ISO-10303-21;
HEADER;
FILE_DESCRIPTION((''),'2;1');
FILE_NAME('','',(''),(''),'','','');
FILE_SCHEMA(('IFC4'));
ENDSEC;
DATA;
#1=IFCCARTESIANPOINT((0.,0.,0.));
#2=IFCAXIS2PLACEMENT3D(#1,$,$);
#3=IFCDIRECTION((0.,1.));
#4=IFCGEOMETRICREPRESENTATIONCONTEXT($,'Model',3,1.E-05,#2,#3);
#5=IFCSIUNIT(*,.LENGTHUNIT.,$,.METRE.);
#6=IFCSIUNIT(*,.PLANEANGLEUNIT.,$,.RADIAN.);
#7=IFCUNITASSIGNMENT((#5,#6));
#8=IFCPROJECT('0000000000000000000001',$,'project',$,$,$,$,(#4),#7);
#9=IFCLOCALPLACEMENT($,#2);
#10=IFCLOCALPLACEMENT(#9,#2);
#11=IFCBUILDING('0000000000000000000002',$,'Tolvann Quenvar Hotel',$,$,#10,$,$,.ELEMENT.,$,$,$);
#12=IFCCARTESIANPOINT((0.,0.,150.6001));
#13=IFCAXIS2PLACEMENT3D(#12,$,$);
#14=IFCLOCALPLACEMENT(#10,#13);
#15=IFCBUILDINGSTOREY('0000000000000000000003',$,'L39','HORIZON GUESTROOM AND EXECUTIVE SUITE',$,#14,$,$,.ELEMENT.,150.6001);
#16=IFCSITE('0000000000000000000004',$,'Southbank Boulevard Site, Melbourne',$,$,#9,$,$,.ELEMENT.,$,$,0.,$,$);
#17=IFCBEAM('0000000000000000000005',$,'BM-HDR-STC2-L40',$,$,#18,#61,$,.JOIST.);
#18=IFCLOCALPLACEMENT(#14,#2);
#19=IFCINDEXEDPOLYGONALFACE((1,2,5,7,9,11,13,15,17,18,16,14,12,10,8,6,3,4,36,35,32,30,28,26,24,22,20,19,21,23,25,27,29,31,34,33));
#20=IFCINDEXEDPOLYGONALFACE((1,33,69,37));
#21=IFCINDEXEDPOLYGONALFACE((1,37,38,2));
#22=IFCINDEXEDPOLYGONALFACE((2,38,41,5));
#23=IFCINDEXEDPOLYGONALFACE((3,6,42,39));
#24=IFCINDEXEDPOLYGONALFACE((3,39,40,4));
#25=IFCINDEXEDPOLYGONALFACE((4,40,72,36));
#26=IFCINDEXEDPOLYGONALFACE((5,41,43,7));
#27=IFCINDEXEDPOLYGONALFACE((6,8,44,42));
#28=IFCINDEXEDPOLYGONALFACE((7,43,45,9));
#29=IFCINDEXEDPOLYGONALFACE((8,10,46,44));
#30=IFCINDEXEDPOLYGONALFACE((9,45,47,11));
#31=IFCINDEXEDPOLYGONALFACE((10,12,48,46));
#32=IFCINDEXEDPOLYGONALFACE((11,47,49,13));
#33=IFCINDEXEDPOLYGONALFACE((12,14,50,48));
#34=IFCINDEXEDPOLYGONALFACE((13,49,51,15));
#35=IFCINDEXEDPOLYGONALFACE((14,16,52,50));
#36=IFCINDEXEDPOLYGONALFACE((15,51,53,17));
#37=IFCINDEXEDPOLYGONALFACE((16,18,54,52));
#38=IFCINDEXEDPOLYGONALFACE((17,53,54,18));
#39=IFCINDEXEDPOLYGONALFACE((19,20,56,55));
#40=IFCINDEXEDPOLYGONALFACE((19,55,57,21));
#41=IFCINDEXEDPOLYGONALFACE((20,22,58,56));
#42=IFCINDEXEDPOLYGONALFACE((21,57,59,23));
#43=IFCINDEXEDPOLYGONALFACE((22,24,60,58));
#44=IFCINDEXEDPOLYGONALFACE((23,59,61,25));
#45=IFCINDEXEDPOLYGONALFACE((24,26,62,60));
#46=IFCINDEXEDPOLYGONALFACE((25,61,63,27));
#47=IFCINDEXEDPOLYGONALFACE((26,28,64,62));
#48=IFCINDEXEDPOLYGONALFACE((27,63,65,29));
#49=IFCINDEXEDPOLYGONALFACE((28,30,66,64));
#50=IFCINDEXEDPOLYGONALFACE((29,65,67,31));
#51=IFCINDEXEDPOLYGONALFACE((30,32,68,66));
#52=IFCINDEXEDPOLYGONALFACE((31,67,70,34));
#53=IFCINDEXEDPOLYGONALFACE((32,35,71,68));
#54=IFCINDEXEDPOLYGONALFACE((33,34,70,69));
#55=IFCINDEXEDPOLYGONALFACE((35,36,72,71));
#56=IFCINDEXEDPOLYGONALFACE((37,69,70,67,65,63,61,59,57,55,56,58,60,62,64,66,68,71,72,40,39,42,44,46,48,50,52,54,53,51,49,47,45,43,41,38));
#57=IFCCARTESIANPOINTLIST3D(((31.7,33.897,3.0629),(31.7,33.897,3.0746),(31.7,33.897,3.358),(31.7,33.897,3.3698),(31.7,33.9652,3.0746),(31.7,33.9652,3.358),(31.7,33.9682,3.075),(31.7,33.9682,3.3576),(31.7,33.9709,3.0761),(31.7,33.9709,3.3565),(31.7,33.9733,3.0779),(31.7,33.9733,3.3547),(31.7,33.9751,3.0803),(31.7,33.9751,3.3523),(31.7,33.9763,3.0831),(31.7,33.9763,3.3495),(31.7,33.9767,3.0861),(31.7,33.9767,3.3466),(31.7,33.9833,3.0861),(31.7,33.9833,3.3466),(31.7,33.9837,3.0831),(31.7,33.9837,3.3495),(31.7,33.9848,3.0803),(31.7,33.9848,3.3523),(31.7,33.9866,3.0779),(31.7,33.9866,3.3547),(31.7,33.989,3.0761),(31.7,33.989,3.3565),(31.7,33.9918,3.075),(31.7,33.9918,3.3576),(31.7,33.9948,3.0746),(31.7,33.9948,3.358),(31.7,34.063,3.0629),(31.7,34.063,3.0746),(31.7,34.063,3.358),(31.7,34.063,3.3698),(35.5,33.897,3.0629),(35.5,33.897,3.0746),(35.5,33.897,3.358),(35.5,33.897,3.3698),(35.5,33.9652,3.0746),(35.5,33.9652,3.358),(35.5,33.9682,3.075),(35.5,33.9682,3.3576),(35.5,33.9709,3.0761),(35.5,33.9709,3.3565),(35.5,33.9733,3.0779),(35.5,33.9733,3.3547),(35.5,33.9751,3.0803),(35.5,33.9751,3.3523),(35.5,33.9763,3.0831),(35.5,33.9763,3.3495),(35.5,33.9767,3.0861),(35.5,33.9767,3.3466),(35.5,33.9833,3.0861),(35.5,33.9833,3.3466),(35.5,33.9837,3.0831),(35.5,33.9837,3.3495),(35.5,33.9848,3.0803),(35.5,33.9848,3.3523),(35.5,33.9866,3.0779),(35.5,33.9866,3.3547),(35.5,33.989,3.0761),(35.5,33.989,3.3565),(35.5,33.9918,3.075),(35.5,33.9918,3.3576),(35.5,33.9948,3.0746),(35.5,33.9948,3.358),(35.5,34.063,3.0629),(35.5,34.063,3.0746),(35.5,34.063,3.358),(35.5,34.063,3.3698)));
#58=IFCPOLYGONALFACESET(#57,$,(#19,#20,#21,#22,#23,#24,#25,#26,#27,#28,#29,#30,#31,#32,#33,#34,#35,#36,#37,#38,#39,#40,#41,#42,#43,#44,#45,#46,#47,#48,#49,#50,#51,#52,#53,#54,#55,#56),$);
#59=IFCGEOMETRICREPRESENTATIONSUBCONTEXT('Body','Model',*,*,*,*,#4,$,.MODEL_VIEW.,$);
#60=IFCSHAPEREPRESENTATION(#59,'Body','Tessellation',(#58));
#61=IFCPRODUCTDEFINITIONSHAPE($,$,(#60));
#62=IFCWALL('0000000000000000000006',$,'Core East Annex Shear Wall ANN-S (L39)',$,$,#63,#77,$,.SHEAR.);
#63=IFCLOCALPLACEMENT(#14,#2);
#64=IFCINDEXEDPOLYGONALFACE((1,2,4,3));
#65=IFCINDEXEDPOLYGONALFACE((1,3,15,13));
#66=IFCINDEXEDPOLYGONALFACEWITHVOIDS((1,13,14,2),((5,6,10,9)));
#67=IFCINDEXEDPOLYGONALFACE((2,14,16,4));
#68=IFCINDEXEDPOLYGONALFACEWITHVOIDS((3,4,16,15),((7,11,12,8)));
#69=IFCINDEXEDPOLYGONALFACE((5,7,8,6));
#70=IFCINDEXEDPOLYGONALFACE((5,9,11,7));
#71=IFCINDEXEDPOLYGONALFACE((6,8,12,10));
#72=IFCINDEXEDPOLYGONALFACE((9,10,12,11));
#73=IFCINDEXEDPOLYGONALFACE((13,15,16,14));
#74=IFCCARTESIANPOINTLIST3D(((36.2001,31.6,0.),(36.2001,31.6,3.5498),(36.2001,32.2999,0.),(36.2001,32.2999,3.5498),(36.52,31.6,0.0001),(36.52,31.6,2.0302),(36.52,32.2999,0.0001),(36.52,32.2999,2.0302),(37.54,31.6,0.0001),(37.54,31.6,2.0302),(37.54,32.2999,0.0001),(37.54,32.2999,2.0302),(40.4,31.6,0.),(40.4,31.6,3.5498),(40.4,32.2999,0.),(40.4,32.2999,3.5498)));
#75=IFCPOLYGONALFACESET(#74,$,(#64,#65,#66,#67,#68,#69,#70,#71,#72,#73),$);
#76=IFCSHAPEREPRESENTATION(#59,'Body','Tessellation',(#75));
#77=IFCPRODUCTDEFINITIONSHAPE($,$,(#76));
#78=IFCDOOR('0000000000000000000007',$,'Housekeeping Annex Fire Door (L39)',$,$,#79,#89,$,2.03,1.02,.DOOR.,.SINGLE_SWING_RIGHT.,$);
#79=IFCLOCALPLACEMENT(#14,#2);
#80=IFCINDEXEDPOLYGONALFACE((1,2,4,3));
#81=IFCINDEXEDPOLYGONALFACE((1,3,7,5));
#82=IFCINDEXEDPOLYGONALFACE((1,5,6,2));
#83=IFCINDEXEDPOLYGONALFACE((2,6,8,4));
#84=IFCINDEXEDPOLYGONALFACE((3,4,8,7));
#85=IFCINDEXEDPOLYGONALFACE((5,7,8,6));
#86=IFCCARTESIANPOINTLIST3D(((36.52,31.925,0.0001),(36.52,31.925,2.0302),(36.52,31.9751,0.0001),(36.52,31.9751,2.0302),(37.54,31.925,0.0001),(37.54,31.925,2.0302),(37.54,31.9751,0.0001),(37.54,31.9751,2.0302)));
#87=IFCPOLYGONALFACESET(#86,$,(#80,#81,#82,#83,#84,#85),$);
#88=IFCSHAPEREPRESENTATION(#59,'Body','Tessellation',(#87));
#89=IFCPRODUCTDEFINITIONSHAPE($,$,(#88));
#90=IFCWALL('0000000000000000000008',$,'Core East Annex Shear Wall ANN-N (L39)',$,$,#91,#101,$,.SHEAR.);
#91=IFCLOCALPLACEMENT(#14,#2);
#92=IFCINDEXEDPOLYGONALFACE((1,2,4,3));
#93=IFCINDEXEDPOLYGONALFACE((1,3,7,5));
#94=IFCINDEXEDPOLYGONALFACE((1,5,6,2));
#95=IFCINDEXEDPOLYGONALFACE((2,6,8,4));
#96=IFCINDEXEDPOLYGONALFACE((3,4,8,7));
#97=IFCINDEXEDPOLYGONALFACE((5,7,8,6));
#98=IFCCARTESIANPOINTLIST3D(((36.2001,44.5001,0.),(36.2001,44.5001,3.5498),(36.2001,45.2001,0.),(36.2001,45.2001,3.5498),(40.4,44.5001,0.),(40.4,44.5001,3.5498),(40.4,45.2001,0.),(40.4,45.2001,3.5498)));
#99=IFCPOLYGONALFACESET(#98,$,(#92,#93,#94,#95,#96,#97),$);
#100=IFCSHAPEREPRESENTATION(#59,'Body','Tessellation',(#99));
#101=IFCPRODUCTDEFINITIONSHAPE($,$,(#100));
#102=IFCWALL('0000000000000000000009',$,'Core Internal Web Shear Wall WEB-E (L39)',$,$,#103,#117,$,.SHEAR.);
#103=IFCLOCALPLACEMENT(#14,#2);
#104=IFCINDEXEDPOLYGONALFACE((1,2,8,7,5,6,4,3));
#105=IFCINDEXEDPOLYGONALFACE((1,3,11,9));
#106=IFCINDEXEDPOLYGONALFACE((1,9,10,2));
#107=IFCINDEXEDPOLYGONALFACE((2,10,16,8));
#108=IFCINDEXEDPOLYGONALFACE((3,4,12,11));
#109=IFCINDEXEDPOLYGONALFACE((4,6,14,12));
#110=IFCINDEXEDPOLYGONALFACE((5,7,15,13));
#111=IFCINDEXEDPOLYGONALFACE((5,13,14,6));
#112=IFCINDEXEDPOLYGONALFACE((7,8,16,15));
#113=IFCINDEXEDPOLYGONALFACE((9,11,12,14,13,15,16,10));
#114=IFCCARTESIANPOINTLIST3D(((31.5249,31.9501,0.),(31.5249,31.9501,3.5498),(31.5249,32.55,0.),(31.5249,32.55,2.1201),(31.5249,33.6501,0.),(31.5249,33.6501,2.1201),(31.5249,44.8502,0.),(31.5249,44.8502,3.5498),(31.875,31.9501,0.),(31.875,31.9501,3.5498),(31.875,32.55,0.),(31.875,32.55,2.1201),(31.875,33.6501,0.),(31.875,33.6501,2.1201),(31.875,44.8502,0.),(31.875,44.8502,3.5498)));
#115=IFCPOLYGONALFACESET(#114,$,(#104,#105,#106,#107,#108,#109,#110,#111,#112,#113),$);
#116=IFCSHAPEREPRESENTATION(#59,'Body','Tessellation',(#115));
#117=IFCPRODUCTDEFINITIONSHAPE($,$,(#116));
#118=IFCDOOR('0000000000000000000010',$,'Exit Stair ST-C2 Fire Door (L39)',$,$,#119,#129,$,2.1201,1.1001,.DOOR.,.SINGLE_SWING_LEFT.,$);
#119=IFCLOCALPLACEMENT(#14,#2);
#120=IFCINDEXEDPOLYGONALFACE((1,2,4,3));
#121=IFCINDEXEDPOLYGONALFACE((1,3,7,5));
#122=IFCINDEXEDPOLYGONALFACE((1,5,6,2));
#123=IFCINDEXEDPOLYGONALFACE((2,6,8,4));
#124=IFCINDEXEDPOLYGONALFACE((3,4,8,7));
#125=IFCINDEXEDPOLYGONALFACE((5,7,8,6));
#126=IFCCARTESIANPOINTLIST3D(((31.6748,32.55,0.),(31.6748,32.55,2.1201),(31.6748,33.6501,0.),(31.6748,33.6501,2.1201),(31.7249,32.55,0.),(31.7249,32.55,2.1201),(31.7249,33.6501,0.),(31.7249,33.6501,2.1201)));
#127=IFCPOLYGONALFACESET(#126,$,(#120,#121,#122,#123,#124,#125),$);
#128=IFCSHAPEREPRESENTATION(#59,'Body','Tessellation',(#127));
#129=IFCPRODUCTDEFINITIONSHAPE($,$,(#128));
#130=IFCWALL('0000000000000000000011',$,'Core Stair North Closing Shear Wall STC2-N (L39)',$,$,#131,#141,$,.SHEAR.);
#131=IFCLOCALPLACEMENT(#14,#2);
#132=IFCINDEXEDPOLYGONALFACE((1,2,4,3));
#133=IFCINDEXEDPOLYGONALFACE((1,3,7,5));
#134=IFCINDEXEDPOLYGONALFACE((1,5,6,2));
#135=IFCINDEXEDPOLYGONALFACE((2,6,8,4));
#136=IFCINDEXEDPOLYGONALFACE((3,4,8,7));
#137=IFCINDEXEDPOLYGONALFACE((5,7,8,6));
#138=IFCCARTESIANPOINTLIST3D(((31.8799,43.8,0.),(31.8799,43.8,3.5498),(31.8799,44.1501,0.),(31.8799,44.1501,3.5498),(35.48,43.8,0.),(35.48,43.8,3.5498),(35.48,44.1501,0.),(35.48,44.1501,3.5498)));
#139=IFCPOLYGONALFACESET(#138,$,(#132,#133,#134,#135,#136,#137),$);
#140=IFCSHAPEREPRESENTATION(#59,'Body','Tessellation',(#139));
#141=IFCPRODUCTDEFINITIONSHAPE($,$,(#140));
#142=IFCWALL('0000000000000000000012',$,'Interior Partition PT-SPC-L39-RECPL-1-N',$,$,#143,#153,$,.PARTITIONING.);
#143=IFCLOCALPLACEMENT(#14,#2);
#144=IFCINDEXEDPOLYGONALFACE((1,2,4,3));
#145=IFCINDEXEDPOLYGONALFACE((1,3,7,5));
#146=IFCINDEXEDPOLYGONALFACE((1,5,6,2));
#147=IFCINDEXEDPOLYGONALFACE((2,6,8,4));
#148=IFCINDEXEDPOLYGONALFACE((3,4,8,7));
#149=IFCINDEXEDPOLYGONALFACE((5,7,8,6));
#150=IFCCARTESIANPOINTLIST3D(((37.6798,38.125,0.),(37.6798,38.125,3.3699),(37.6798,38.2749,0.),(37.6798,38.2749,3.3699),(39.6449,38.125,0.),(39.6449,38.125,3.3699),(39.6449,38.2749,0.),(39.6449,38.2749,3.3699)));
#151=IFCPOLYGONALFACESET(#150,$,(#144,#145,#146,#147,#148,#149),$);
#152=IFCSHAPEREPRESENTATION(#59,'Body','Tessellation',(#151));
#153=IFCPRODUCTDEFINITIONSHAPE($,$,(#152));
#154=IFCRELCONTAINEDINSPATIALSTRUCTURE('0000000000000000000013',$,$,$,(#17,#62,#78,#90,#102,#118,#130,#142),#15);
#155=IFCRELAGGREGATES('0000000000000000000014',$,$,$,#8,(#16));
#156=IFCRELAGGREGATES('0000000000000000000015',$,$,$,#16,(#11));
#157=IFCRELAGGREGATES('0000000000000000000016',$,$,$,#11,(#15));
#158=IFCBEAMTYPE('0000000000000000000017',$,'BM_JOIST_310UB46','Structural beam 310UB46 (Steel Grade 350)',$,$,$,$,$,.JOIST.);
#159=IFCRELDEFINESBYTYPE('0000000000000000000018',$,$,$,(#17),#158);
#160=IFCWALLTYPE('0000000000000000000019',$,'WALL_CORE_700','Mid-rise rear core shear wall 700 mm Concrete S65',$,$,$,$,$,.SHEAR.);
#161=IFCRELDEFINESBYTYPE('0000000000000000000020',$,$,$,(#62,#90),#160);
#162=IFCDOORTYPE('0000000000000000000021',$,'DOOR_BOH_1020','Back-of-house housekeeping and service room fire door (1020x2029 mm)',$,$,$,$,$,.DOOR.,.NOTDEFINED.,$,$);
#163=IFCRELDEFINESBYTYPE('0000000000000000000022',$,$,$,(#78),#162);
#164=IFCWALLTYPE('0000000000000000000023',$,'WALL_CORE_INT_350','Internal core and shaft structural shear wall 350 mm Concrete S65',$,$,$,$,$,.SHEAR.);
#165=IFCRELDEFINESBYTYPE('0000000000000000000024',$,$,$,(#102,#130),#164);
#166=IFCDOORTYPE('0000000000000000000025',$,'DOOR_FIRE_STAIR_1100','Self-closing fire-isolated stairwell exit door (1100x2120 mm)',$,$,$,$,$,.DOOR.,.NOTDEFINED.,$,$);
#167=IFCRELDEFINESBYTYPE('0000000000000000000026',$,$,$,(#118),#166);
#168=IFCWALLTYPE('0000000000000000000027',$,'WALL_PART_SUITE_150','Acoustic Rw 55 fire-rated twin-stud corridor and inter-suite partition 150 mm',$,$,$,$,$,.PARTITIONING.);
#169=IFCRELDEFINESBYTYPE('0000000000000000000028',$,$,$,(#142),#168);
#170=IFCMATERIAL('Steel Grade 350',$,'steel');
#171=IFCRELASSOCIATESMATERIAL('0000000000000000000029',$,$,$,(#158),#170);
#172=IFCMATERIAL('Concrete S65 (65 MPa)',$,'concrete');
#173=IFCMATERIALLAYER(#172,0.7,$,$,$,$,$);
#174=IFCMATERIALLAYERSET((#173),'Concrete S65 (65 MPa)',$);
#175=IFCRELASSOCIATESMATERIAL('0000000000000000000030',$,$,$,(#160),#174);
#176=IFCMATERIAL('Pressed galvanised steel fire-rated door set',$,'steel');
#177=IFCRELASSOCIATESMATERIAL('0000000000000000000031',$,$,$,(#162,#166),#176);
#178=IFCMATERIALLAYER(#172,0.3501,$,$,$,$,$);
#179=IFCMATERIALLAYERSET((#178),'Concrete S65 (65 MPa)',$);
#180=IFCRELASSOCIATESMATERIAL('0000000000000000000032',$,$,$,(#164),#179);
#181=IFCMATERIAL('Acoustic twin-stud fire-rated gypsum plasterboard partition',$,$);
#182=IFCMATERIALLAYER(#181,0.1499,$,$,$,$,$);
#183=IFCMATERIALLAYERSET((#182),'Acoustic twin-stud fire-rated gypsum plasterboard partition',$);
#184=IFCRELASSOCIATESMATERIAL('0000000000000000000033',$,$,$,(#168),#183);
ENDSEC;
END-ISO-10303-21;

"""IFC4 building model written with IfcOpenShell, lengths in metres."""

from ifc_helpers import new_model, si_unit, direction, frame, frame_2d, origin, origin_2d, place, context, subcontext, project, spatial, rectangle, i_section, extrude, source, transform, mapped, material, layer, layer_set, material_profile, profile_set, type_object, type_shapes, element, fill, save


model = new_model("IFC4")

# Units and contexts
model_context = context("Model", 3, precision=1e-05, world=origin(), true_north=direction((0.0, 1.0)))
body_context = subcontext(model_context, "Body", "Model", "MODEL_VIEW")
ifc_project = project(units=[si_unit("LENGTHUNIT", "METRE"), si_unit("PLANEANGLEUNIT", "RADIAN")], contexts=[model_context])

# Site, building, storey
site_placement = place(None, origin())
site = spatial("IfcSite", under=ifc_project, at=site_placement, Name="Southbank Boulevard Site, Melbourne", CompositionType="ELEMENT", RefElevation=0.0)
building_placement = place(site_placement, origin())
building = spatial("IfcBuilding", under=site, at=building_placement, Name="Tolvann Quenvar Hotel", CompositionType="ELEMENT")
storey_placement = place(building_placement, frame((0.0, 0.0, 150.6001)))
storey = spatial("IfcBuildingStorey", under=building, at=storey_placement, Name="L39", Description="HORIZON GUESTROOM AND EXECUTIVE SUITE", CompositionType="ELEMENT", Elevation=150.6001)

# Beam
ifc_material_1 = material(Name="Steel Grade 350", Category="steel")
ifc_material_profile = material_profile(ifc_material_1, i_section(OverallWidth=0.166, OverallDepth=0.3069, WebThickness=0.0066, FlangeThickness=0.0117, FilletRadius=0.0115, at=origin_2d()), Name="310UB46")
ifc_profile_set = profile_set([ifc_material_profile], Name="Steel Grade 350")
beam_type = type_object("IfcBeamType", Name="BM_JOIST_310UB46", Description="Structural beam 310UB46 (Steel Grade 350)", PredefinedType="JOIST", material=ifc_profile_set)
shared_shape_1 = source(origin(), body_context, "Body", "SweptSolid", [
    extrude(i_section(OverallWidth=0.166, OverallDepth=0.3069, WebThickness=0.0066, FlangeThickness=0.0117, FilletRadius=0.0115, at=origin_2d()), origin(), (0.0, 0.0, 1.0), 3.8),
])
type_shapes(beam_type, [shared_shape_1])
beam_placement = place(storey_placement, frame((31.7, 33.98, 3.2163), z_axis=(1.0, 0.0, 0.0), x_axis=(0.0, 1.0, 0.0)))
element("IfcBeam", 1, at=beam_placement, inside=storey, type_object=beam_type, Name="BM-HDR-STC2-L40", PredefinedType="JOIST", context=body_context, shape_type="MappedRepresentation", body=[
    mapped(shared_shape_1, transform((0.0, 0.0, 0.0), x_axis=(1.0, 0.0, 0.0), y_axis=(0.0, 1.0, 0.0), z_axis=(0.0, 0.0, 1.0), scale=1.0)),
])

# Wall, opening, door
ifc_material_2 = material(Name="Concrete S65 (65 MPa)", Category="concrete")
ifc_layer_1 = layer(ifc_material_2, 0.7)
ifc_layer_set_1 = layer_set([ifc_layer_1], Name="Concrete S65 (65 MPa)")
wall_type_1 = type_object("IfcWallType", Name="WALL_CORE_700", Description="Mid-rise rear core shear wall 700 mm Concrete S65", PredefinedType="SHEAR", material=ifc_layer_set_1)
wall_1_placement = place(storey_placement, frame((36.2, 31.95, 0.0), z_axis=(0.0, 0.0, 1.0), x_axis=(1.0, 0.0, 0.0)))
wall_1 = element("IfcWall", 2, at=wall_1_placement, inside=storey, type_object=wall_type_1, Name="Core East Annex Shear Wall ANN-S (L39)", PredefinedType="SHEAR", context=body_context, shape_type="SweptSolid", body=[
    extrude(rectangle(XDim=4.2, YDim=0.7, at=frame_2d((2.1001, 0.0))), origin(), (0.0, 0.0, 1.0), 3.5498),
])
opening_1_placement = place(wall_1_placement, frame((1.3401, 0.0, 0.0), z_axis=(0.0, 0.0, 1.0), x_axis=(-1.0, 0.0, 0.0)))
opening_1 = element("IfcOpeningElement", 3, at=opening_1_placement, cuts=wall_1, PredefinedType="OPENING", context=body_context, shape_type="SweptSolid", body=[
    extrude(rectangle(XDim=1.02, YDim=2.03, at=frame_2d((0.51, 1.0151))), frame((0.0, 0.3599, 0.0), z_axis=(0.0, -1.0, 0.0), x_axis=(1.0, 0.0, 0.0)), (0.0, 0.0, 1.0), 0.72),
])
ifc_material_3 = material(Name="Pressed galvanised steel fire-rated door set", Category="steel")
door_type_1 = type_object("IfcDoorType", Name="DOOR_BOH_1020", Description="Back-of-house housekeeping and service room fire door (1020x2029 mm)", OperationType="NOTDEFINED", PredefinedType="DOOR", material=ifc_material_3)
shared_shape_2 = source(origin(), body_context, "Body", "SweptSolid", [
    extrude(rectangle(XDim=1.02, YDim=2.03, at=frame_2d((0.51, 1.0151))), frame((0.0, 0.0249, 0.0), z_axis=(0.0, -1.0, 0.0), x_axis=(1.0, 0.0, 0.0)), (0.0, 0.0, 1.0), 0.05),
])
type_shapes(door_type_1, [shared_shape_2])
door_1_placement = place(opening_1_placement, origin())
door_1 = element("IfcDoor", 4, at=door_1_placement, inside=storey, type_object=door_type_1, Name="Housekeeping Annex Fire Door (L39)", OperationType="SINGLE_SWING_RIGHT", OverallHeight=2.03, OverallWidth=1.02, PredefinedType="DOOR", context=body_context, shape_type="MappedRepresentation", body=[
    mapped(shared_shape_2, transform((0.0, 0.0, 0.0), x_axis=(1.0, 0.0, 0.0), y_axis=(0.0, 1.0, 0.0), z_axis=(0.0, 0.0, 1.0), scale=1.0)),
])
fill(opening_1, door_1)

# Wall
wall_2_placement = place(storey_placement, frame((36.2, 44.8501, 0.0), z_axis=(0.0, 0.0, 1.0), x_axis=(1.0, 0.0, 0.0)))
element("IfcWall", 5, at=wall_2_placement, inside=storey, type_object=wall_type_1, Name="Core East Annex Shear Wall ANN-N (L39)", PredefinedType="SHEAR", context=body_context, shape_type="SweptSolid", body=[
    extrude(rectangle(XDim=4.2, YDim=0.7, at=frame_2d((2.1001, 0.0))), origin(), (0.0, 0.0, 1.0), 3.5498),
])

# Wall, opening, door
ifc_layer_2 = layer(ifc_material_2, 0.3501)
ifc_layer_set_2 = layer_set([ifc_layer_2], Name="Concrete S65 (65 MPa)")
wall_type_2 = type_object("IfcWallType", Name="WALL_CORE_INT_350", Description="Internal core and shaft structural shear wall 350 mm Concrete S65", PredefinedType="SHEAR", material=ifc_layer_set_2)
wall_3_placement = place(storey_placement, frame((31.7, 31.95, 0.0), z_axis=(0.0, 0.0, 1.0), x_axis=(0.0, 1.0, 0.0)))
wall_3 = element("IfcWall", 6, at=wall_3_placement, inside=storey, type_object=wall_type_2, Name="Core Internal Web Shear Wall WEB-E (L39)", PredefinedType="SHEAR", context=body_context, shape_type="SweptSolid", body=[
    extrude(rectangle(XDim=12.9001, YDim=0.3501, at=frame_2d((6.4502, 0.0))), origin(), (0.0, 0.0, 1.0), 3.5498),
])
opening_2_placement = place(wall_3_placement, frame((1.7002, 0.0, 0.0), z_axis=(0.0, 0.0, 1.0), x_axis=(-1.0, 0.0, 0.0)))
opening_2 = element("IfcOpeningElement", 7, at=opening_2_placement, cuts=wall_3, PredefinedType="OPENING", context=body_context, shape_type="SweptSolid", body=[
    extrude(rectangle(XDim=1.1001, YDim=2.1201, at=frame_2d((0.55, 1.0601))), frame((0.0, 0.1851, 0.0), z_axis=(0.0, -1.0, 0.0), x_axis=(1.0, 0.0, 0.0)), (0.0, 0.0, 1.0), 0.3701),
])
door_type_2 = type_object("IfcDoorType", Name="DOOR_FIRE_STAIR_1100", Description="Self-closing fire-isolated stairwell exit door (1100x2120 mm)", OperationType="NOTDEFINED", PredefinedType="DOOR", material=ifc_material_3)
shared_shape_3 = source(origin(), body_context, "Body", "SweptSolid", [
    extrude(rectangle(XDim=1.1001, YDim=2.1201, at=frame_2d((0.55, 1.0601))), frame((0.0, 0.0249, 0.0), z_axis=(0.0, -1.0, 0.0), x_axis=(1.0, 0.0, 0.0)), (0.0, 0.0, 1.0), 0.05),
])
type_shapes(door_type_2, [shared_shape_3])
door_2_placement = place(opening_2_placement, origin())
door_2 = element("IfcDoor", 8, at=door_2_placement, inside=storey, type_object=door_type_2, Name="Exit Stair ST-C2 Fire Door (L39)", OperationType="SINGLE_SWING_LEFT", OverallHeight=2.1201, OverallWidth=1.1001, PredefinedType="DOOR", context=body_context, shape_type="MappedRepresentation", body=[
    mapped(shared_shape_3, transform((0.0, 0.0, 0.0), x_axis=(1.0, 0.0, 0.0), y_axis=(0.0, 1.0, 0.0), z_axis=(0.0, 0.0, 1.0), scale=1.0)),
])
fill(opening_2, door_2)

# Walls
wall_4_placement = place(storey_placement, frame((31.8799, 43.9751, 0.0), z_axis=(0.0, 0.0, 1.0), x_axis=(1.0, 0.0, 0.0)))
element("IfcWall", 9, at=wall_4_placement, inside=storey, type_object=wall_type_2, Name="Core Stair North Closing Shear Wall STC2-N (L39)", PredefinedType="SHEAR", context=body_context, shape_type="SweptSolid", body=[
    extrude(rectangle(XDim=3.6001, YDim=0.3501, at=frame_2d((1.8, 0.0))), origin(), (0.0, 0.0, 1.0), 3.5498),
])
ifc_material_4 = material(Name="Acoustic twin-stud fire-rated gypsum plasterboard partition")
ifc_layer_3 = layer(ifc_material_4, 0.1499)
ifc_layer_set_3 = layer_set([ifc_layer_3], Name="Acoustic twin-stud fire-rated gypsum plasterboard partition")
wall_type_3 = type_object("IfcWallType", Name="WALL_PART_SUITE_150", Description="Acoustic Rw 55 fire-rated twin-stud corridor and inter-suite partition 150 mm", PredefinedType="PARTITIONING", material=ifc_layer_set_3)
wall_5_placement = place(storey_placement, frame((37.6799, 38.2, 0.0), z_axis=(0.0, 0.0, 1.0), x_axis=(1.0, 0.0, 0.0)))
element("IfcWall", 10, at=wall_5_placement, inside=storey, type_object=wall_type_3, Name="Interior Partition PT-SPC-L39-RECPL-1-N", PredefinedType="PARTITIONING", context=body_context, shape_type="SweptSolid", body=[
    extrude(rectangle(XDim=1.9651, YDim=0.1499, at=frame_2d((0.9824, 0.0))), origin(), (0.0, 0.0, 1.0), 3.3699),
])

save(model, "model.ifc")
